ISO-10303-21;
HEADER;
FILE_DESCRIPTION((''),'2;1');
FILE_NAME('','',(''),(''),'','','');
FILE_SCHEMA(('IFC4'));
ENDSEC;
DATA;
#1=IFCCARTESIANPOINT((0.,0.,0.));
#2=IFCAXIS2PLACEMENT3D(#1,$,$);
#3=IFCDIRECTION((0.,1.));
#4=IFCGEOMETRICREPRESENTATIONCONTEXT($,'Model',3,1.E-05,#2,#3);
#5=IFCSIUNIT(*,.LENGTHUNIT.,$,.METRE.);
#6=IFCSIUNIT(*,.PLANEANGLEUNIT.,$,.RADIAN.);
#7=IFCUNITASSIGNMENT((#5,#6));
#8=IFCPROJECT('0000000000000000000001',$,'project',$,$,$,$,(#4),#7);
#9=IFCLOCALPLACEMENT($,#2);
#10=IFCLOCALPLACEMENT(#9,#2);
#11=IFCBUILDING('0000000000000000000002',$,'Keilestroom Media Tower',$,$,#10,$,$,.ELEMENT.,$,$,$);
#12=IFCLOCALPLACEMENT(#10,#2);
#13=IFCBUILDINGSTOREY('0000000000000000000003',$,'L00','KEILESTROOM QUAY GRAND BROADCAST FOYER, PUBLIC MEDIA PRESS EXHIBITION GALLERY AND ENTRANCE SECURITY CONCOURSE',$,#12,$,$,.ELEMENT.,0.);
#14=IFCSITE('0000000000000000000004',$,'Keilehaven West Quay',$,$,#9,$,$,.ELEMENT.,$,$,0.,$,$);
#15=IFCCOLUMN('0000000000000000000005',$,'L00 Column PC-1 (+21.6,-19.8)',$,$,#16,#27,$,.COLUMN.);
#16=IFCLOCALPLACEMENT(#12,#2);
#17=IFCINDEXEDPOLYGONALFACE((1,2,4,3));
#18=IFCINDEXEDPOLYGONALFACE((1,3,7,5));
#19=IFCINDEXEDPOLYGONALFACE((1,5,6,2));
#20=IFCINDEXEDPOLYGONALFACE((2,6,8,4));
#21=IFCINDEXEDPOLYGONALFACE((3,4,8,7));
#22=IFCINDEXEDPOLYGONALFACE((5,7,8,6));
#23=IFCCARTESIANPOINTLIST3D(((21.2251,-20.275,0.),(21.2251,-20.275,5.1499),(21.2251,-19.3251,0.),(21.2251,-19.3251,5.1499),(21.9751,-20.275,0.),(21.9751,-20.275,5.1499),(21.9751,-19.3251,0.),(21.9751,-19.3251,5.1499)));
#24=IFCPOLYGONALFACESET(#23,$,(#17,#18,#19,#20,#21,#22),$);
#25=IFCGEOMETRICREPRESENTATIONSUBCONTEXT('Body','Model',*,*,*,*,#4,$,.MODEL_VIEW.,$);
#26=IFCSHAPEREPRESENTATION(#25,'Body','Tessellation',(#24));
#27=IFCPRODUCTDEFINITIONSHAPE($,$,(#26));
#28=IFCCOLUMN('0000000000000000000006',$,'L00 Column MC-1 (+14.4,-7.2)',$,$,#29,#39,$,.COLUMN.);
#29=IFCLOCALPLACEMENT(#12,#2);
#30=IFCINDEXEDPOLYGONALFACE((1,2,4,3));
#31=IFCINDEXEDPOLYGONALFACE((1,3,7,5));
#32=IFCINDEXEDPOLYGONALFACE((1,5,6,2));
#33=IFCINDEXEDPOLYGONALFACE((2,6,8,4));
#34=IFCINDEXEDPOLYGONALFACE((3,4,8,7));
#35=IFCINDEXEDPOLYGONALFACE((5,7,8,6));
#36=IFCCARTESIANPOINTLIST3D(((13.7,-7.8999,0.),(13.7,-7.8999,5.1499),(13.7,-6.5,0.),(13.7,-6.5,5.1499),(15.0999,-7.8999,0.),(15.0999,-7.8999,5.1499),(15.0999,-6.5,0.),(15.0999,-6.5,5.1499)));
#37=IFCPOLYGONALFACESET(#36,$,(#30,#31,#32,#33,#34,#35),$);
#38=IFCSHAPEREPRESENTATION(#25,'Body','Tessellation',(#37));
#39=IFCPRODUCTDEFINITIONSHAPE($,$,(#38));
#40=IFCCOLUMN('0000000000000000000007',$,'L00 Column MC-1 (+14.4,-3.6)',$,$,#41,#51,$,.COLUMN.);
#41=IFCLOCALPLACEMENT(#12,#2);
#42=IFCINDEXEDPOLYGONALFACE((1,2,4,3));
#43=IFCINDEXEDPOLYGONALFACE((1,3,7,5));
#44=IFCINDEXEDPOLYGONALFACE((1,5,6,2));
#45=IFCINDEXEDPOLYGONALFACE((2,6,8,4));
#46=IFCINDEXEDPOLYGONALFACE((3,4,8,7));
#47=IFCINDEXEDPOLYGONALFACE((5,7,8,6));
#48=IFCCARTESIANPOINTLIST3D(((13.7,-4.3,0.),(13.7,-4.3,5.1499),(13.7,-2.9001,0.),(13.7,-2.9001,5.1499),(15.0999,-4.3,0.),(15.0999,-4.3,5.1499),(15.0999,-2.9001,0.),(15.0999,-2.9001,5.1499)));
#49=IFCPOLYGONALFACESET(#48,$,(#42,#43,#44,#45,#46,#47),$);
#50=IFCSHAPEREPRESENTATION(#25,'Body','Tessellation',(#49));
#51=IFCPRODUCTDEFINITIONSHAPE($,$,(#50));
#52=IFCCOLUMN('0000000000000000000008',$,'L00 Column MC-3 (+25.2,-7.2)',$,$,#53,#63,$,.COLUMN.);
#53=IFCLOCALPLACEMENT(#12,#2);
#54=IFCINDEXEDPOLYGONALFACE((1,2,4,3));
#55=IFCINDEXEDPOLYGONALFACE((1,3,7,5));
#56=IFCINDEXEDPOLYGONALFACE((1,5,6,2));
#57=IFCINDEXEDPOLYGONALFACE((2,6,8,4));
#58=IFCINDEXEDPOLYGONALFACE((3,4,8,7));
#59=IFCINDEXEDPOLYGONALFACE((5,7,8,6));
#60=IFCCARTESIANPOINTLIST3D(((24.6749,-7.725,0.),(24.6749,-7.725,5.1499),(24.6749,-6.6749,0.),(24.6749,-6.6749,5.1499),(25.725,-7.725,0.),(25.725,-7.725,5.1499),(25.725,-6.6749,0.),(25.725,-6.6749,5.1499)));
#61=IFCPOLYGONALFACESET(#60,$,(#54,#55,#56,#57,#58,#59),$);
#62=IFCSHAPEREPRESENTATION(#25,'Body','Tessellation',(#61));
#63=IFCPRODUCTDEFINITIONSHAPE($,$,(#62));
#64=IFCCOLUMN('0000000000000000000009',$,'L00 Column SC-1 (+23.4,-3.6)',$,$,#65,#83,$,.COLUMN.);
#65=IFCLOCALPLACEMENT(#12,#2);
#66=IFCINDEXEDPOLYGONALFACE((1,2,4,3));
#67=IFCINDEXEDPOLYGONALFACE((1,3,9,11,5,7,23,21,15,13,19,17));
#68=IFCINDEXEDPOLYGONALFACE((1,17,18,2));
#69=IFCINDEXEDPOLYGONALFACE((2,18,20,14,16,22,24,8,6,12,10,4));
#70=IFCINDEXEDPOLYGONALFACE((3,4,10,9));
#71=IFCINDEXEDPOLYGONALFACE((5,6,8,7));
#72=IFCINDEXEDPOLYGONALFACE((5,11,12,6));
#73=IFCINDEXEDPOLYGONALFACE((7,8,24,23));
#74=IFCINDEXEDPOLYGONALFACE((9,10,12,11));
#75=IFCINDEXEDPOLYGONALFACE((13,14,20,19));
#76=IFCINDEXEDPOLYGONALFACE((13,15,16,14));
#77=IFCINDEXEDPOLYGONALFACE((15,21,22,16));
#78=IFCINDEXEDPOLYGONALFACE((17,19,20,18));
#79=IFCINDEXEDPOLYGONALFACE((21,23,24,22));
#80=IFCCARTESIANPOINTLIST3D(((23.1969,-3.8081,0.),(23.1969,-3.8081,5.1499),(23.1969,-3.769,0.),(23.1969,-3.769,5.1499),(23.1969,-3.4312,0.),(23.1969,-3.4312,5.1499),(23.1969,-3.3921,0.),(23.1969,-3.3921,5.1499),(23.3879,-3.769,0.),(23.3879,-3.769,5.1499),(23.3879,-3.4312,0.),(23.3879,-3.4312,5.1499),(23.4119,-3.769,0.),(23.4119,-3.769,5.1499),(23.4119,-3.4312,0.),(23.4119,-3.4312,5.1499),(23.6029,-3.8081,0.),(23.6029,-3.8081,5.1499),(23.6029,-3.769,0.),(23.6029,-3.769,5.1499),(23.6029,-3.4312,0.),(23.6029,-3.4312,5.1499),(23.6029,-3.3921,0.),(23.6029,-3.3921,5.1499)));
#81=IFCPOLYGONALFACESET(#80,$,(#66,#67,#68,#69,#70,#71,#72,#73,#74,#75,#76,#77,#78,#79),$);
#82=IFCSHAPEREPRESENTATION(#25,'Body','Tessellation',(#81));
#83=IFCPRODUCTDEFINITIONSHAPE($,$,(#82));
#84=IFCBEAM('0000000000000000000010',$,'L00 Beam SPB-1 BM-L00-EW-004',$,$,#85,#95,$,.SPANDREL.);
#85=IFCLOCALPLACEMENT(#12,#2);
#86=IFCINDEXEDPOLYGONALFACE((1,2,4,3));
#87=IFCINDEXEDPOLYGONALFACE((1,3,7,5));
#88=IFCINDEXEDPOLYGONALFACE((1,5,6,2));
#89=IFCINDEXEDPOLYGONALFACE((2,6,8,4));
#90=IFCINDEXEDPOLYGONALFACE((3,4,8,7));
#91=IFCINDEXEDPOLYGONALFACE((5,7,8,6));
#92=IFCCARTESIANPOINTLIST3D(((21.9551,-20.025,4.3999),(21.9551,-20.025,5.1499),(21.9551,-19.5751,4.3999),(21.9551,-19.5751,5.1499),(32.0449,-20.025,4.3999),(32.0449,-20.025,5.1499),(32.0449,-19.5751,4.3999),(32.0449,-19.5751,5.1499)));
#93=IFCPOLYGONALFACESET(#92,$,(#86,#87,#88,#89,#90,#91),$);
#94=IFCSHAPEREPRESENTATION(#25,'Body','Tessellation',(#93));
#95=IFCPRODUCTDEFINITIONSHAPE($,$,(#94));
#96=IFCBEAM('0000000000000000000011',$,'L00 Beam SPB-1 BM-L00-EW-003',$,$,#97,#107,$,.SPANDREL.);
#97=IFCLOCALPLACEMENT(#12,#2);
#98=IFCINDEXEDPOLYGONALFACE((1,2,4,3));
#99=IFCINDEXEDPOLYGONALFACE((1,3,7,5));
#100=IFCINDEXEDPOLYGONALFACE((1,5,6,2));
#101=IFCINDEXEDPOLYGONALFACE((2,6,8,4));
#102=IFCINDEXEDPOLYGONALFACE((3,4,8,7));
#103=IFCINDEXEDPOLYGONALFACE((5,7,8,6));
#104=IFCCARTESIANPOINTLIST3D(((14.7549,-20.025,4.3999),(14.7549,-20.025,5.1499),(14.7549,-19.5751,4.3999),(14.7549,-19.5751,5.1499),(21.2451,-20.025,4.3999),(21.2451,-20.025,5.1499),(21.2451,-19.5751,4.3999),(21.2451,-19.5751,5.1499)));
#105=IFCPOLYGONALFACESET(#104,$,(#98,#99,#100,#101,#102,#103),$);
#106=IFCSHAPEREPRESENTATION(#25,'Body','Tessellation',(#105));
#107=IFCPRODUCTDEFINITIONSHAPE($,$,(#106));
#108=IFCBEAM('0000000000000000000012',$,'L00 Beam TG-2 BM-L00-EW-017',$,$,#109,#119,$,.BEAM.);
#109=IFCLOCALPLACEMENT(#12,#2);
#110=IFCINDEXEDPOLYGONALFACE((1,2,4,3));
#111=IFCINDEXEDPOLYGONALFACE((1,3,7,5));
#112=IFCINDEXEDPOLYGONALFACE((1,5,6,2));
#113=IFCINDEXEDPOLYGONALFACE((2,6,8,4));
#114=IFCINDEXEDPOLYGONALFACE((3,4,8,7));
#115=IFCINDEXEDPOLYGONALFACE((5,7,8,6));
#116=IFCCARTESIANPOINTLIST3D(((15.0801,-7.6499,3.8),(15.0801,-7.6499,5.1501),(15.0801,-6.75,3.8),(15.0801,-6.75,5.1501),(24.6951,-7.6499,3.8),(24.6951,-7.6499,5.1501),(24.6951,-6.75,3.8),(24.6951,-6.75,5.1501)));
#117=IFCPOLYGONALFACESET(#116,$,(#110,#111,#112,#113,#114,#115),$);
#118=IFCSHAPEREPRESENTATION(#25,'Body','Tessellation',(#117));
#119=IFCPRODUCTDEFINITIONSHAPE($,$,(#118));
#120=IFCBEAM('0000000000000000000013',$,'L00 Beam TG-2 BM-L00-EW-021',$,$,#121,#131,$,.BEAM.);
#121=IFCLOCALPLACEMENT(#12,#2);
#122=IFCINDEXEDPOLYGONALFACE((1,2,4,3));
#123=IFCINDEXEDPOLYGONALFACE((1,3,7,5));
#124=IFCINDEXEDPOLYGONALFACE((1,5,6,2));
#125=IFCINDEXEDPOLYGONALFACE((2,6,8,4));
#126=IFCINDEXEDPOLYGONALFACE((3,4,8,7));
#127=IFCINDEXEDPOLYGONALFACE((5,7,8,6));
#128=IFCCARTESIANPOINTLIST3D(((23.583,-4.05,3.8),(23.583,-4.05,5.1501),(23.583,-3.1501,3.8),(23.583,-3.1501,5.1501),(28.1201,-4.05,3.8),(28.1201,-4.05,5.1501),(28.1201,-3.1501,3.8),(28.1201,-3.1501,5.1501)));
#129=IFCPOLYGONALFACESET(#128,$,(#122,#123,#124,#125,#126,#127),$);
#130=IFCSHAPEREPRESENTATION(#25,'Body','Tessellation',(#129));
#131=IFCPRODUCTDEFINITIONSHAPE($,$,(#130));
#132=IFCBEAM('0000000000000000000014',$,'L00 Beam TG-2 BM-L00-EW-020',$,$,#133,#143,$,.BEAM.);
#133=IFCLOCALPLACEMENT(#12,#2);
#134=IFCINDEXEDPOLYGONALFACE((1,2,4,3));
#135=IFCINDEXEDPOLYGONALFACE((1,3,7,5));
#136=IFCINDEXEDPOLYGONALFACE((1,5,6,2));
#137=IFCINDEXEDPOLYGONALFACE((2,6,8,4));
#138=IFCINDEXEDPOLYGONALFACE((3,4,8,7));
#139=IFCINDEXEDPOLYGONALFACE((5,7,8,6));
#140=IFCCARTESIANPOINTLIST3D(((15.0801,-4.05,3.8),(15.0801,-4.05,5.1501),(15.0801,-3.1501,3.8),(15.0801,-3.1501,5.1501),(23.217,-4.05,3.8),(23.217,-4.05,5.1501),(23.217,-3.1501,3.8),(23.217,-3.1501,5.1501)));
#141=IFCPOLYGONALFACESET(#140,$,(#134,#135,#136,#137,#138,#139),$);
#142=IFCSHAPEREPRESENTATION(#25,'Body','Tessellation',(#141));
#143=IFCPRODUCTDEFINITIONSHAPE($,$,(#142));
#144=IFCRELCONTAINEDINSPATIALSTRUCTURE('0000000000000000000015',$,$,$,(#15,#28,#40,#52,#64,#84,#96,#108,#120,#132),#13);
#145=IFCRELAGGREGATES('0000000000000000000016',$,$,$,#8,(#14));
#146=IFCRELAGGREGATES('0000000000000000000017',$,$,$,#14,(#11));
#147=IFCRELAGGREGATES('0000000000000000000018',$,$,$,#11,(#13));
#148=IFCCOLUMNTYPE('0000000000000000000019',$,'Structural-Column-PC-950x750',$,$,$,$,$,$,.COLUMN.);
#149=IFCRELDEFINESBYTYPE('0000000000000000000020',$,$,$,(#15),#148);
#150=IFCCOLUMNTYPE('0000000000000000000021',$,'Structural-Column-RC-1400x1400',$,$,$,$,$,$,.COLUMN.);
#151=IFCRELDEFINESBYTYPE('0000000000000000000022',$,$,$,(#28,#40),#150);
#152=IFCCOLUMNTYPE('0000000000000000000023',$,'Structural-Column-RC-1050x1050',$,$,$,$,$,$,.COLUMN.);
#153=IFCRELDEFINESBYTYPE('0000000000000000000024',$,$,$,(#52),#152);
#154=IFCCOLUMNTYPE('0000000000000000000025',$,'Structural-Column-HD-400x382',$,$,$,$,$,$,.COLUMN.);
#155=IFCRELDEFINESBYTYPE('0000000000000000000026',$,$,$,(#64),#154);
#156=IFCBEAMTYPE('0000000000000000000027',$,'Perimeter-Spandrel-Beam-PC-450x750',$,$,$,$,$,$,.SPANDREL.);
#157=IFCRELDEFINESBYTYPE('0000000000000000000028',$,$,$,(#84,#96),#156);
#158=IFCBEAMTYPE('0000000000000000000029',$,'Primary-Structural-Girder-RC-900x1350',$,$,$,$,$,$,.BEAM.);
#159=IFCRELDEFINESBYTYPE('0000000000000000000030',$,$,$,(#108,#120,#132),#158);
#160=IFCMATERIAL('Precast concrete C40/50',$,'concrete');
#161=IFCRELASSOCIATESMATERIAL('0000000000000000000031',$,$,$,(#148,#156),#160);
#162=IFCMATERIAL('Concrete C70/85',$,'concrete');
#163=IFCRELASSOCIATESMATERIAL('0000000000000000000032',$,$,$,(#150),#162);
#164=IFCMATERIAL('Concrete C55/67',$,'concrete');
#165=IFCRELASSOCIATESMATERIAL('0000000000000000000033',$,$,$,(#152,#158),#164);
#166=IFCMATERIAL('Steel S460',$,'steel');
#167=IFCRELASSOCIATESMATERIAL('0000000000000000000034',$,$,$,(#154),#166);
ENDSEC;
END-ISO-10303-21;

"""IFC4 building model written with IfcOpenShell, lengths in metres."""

from ifc_helpers import new_model, si_unit, direction, frame, origin, origin_2d, place, context, subcontext, project, spatial, rectangle, i_section, extrude, source, transform, mapped, material, material_profile, profile_set, type_object, element, save


model = new_model("IFC4")

# Units and contexts
model_context = context("Model", 3, precision=1e-05, world=origin(), true_north=direction((0.0, 1.0)))
body_context = subcontext(model_context, "Body", "Model", "MODEL_VIEW")
ifc_project = project(units=[si_unit("LENGTHUNIT", "METRE"), si_unit("PLANEANGLEUNIT", "RADIAN")], contexts=[model_context])

# Site, building, storey
site_placement = place(None, origin())
site = spatial("IfcSite", under=ifc_project, at=site_placement, Name="Keilehaven West Quay", CompositionType="ELEMENT", RefElevation=0.0)
building_placement = place(site_placement, origin())
building = spatial("IfcBuilding", under=site, at=building_placement, Name="Keilestroom Media Tower", CompositionType="ELEMENT")
storey_placement = place(building_placement, origin())
storey = spatial("IfcBuildingStorey", under=building, at=storey_placement, Name="L00", Description="KEILESTROOM QUAY GRAND BROADCAST FOYER, PUBLIC MEDIA PRESS EXHIBITION GALLERY AND ENTRANCE SECURITY CONCOURSE", CompositionType="ELEMENT", Elevation=0.0)

# Columns
ifc_material_1 = material(Name="Precast concrete C40/50", Category="concrete")
ifc_material_profile_1 = material_profile(ifc_material_1, rectangle(XDim=0.75, YDim=0.95, at=origin_2d()), Name="PC 950x750")
ifc_profile_set_1 = profile_set([ifc_material_profile_1], Name="Precast concrete C40/50")
column_type_1 = type_object("IfcColumnType", Name="Structural-Column-PC-950x750", PredefinedType="COLUMN", material=ifc_profile_set_1)
shared_shape_1 = source(origin(), body_context, "Body", "SweptSolid", [
    extrude(rectangle(XDim=0.75, YDim=0.95, at=origin_2d()), origin(), (0.0, 0.0, 1.0), 5.1499),
])
column_1_placement = place(storey_placement, frame((21.6001, -19.8, 0.0), z_axis=(0.0, 0.0, 1.0), x_axis=(1.0, 0.0, 0.0)))
element("IfcColumn", 1, at=column_1_placement, inside=storey, type_object=column_type_1, Name="L00 Column PC-1 (+21.6,-19.8)", PredefinedType="COLUMN", context=body_context, shape_type="MappedRepresentation", body=[
    mapped(shared_shape_1, transform((0.0, 0.0, 0.0), x_axis=(1.0, 0.0, 0.0), y_axis=(0.0, 1.0, 0.0), z_axis=(0.0, 0.0, 1.0), scale=1.0)),
])
ifc_material_2 = material(Name="Concrete C70/85", Category="concrete")
ifc_material_profile_2 = material_profile(ifc_material_2, rectangle(XDim=1.3999, YDim=1.3999, at=origin_2d()), Name="RC 1400x1400")
ifc_profile_set_2 = profile_set([ifc_material_profile_2], Name="Concrete C70/85")
column_type_2 = type_object("IfcColumnType", Name="Structural-Column-RC-1400x1400", PredefinedType="COLUMN", material=ifc_profile_set_2)
shared_shape_2 = source(origin(), body_context, "Body", "SweptSolid", [
    extrude(rectangle(XDim=1.3999, YDim=1.3999, at=origin_2d()), origin(), (0.0, 0.0, 1.0), 5.1499),
])
for number, where, z_axis, x_axis, name in (
    (2, (14.3999, -7.2, 0.0), (0.0, 0.0, 1.0), (1.0, 0.0, 0.0), "L00 Column MC-1 (+14.4,-7.2)"),
    (3, (14.3999, -3.6001, 0.0), (0.0, 0.0, 1.0), (1.0, 0.0, 0.0), "L00 Column MC-1 (+14.4,-3.6)"),
):
    element("IfcColumn", number, at=place(storey_placement, frame(where, z_axis=z_axis, x_axis=x_axis)), inside=storey, type_object=column_type_2, Name=name, PredefinedType="COLUMN", context=body_context, shape_type="MappedRepresentation", body=[
        mapped(shared_shape_2, transform((0.0, 0.0, 0.0), x_axis=(1.0, 0.0, 0.0), y_axis=(0.0, 1.0, 0.0), z_axis=(0.0, 0.0, 1.0), scale=1.0)),
    ])
ifc_material_3 = material(Name="Concrete C55/67", Category="concrete")
ifc_material_profile_3 = material_profile(ifc_material_3, rectangle(XDim=1.05, YDim=1.05, at=origin_2d()), Name="RC 1050x1050")
ifc_profile_set_3 = profile_set([ifc_material_profile_3], Name="Concrete C55/67")
column_type_3 = type_object("IfcColumnType", Name="Structural-Column-RC-1050x1050", PredefinedType="COLUMN", material=ifc_profile_set_3)
shared_shape_3 = source(origin(), body_context, "Body", "SweptSolid", [
    extrude(rectangle(XDim=1.05, YDim=1.05, at=origin_2d()), origin(), (0.0, 0.0, 1.0), 5.1499),
])
column_2_placement = place(storey_placement, frame((25.2, -7.2, 0.0), z_axis=(0.0, 0.0, 1.0), x_axis=(1.0, 0.0, 0.0)))
element("IfcColumn", 4, at=column_2_placement, inside=storey, type_object=column_type_3, Name="L00 Column MC-3 (+25.2,-7.2)", PredefinedType="COLUMN", context=body_context, shape_type="MappedRepresentation", body=[
    mapped(shared_shape_3, transform((0.0, 0.0, 0.0), x_axis=(1.0, 0.0, 0.0), y_axis=(0.0, 1.0, 0.0), z_axis=(0.0, 0.0, 1.0), scale=1.0)),
])
ifc_material_4 = material(Name="Steel S460", Category="steel")
ifc_material_profile_4 = material_profile(ifc_material_4, i_section(OverallWidth=0.406, OverallDepth=0.416, WebThickness=0.0239, FlangeThickness=0.0391, at=origin_2d()), Name="HD 400x382")
ifc_profile_set_4 = profile_set([ifc_material_profile_4], Name="Steel S460")
column_type_4 = type_object("IfcColumnType", Name="Structural-Column-HD-400x382", PredefinedType="COLUMN", material=ifc_profile_set_4)
shared_shape_4 = source(origin(), body_context, "Body", "SweptSolid", [
    extrude(i_section(OverallWidth=0.406, OverallDepth=0.416, WebThickness=0.0239, FlangeThickness=0.0391, at=origin_2d()), origin(), (0.0, 0.0, 1.0), 5.1499),
])
column_3_placement = place(storey_placement, frame((23.3999, -3.6001, 0.0), z_axis=(0.0, 0.0, 1.0), x_axis=(1.0, 0.0, 0.0)))
element("IfcColumn", 5, at=column_3_placement, inside=storey, type_object=column_type_4, Name="L00 Column SC-1 (+23.4,-3.6)", PredefinedType="COLUMN", context=body_context, shape_type="MappedRepresentation", body=[
    mapped(shared_shape_4, transform((0.0, 0.0, 0.0), x_axis=(1.0, 0.0, 0.0), y_axis=(0.0, 1.0, 0.0), z_axis=(0.0, 0.0, 1.0), scale=1.0)),
])

# Beams
ifc_material_profile_5 = material_profile(ifc_material_1, rectangle(XDim=0.45, YDim=0.75, at=origin_2d()), Name="PC 450x750")
ifc_profile_set_5 = profile_set([ifc_material_profile_5], Name="Precast concrete C40/50")
beam_type_1 = type_object("IfcBeamType", Name="Perimeter-Spandrel-Beam-PC-450x750", PredefinedType="SPANDREL", material=ifc_profile_set_5)
shared_shape_5 = source(origin(), body_context, "Body", "SweptSolid", [
    extrude(rectangle(XDim=0.45, YDim=0.75, at=origin_2d()), origin(), (0.0, 0.0, 1.0), 10.0898),
])
beam_1_placement = place(storey_placement, frame((21.9551, -19.8, 4.7749), z_axis=(1.0, 0.0, 0.0), x_axis=(0.0, 1.0, 0.0)))
element("IfcBeam", 6, at=beam_1_placement, inside=storey, type_object=beam_type_1, Name="L00 Beam SPB-1 BM-L00-EW-004", PredefinedType="SPANDREL", context=body_context, shape_type="MappedRepresentation", body=[
    mapped(shared_shape_5, transform((0.0, 0.0, 0.0), x_axis=(1.0, 0.0, 0.0), y_axis=(0.0, 1.0, 0.0), z_axis=(0.0, 0.0, 1.0), scale=1.0)),
])
shared_shape_6 = source(origin(), body_context, "Body", "SweptSolid", [
    extrude(rectangle(XDim=0.45, YDim=0.75, at=origin_2d()), origin(), (0.0, 0.0, 1.0), 6.4902),
])
beam_2_placement = place(storey_placement, frame((14.7549, -19.8, 4.7749), z_axis=(1.0, 0.0, 0.0), x_axis=(0.0, 1.0, 0.0)))
element("IfcBeam", 7, at=beam_2_placement, inside=storey, type_object=beam_type_1, Name="L00 Beam SPB-1 BM-L00-EW-003", PredefinedType="SPANDREL", context=body_context, shape_type="MappedRepresentation", body=[
    mapped(shared_shape_6, transform((0.0, 0.0, 0.0), x_axis=(1.0, 0.0, 0.0), y_axis=(0.0, 1.0, 0.0), z_axis=(0.0, 0.0, 1.0), scale=1.0)),
])
ifc_material_profile_6 = material_profile(ifc_material_3, rectangle(XDim=0.8999, YDim=1.3501, at=origin_2d()), Name="RC 900x1350")
ifc_profile_set_6 = profile_set([ifc_material_profile_6], Name="Concrete C55/67")
beam_type_2 = type_object("IfcBeamType", Name="Primary-Structural-Girder-RC-900x1350", PredefinedType="BEAM", material=ifc_profile_set_6)
shared_shape_7 = source(origin(), body_context, "Body", "SweptSolid", [
    extrude(rectangle(XDim=0.8999, YDim=1.3501, at=origin_2d()), origin(), (0.0, 0.0, 1.0), 9.615),
])
beam_3_placement = place(storey_placement, frame((15.0801, -7.2, 4.4751), z_axis=(1.0, 0.0, 0.0), x_axis=(0.0, 1.0, 0.0)))
element("IfcBeam", 8, at=beam_3_placement, inside=storey, type_object=beam_type_2, Name="L00 Beam TG-2 BM-L00-EW-017", PredefinedType="BEAM", context=body_context, shape_type="MappedRepresentation", body=[
    mapped(shared_shape_7, transform((0.0, 0.0, 0.0), x_axis=(1.0, 0.0, 0.0), y_axis=(0.0, 1.0, 0.0), z_axis=(0.0, 0.0, 1.0), scale=1.0)),
])
shared_shape_8 = source(origin(), body_context, "Body", "SweptSolid", [
    extrude(rectangle(XDim=0.8999, YDim=1.3501, at=origin_2d()), origin(), (0.0, 0.0, 1.0), 4.5371),
])
beam_4_placement = place(storey_placement, frame((23.583, -3.6001, 4.4751), z_axis=(1.0, 0.0, 0.0), x_axis=(0.0, 1.0, 0.0)))
element("IfcBeam", 9, at=beam_4_placement, inside=storey, type_object=beam_type_2, Name="L00 Beam TG-2 BM-L00-EW-021", PredefinedType="BEAM", context=body_context, shape_type="MappedRepresentation", body=[
    mapped(shared_shape_8, transform((0.0, 0.0, 0.0), x_axis=(1.0, 0.0, 0.0), y_axis=(0.0, 1.0, 0.0), z_axis=(0.0, 0.0, 1.0), scale=1.0)),
])
shared_shape_9 = source(origin(), body_context, "Body", "SweptSolid", [
    extrude(rectangle(XDim=0.8999, YDim=1.3501, at=origin_2d()), origin(), (0.0, 0.0, 1.0), 8.137),
])
beam_5_placement = place(storey_placement, frame((15.0801, -3.6001, 4.4751), z_axis=(1.0, 0.0, 0.0), x_axis=(0.0, 1.0, 0.0)))
element("IfcBeam", 10, at=beam_5_placement, inside=storey, type_object=beam_type_2, Name="L00 Beam TG-2 BM-L00-EW-020", PredefinedType="BEAM", context=body_context, shape_type="MappedRepresentation", body=[
    mapped(shared_shape_9, transform((0.0, 0.0, 0.0), x_axis=(1.0, 0.0, 0.0), y_axis=(0.0, 1.0, 0.0), z_axis=(0.0, 0.0, 1.0), scale=1.0)),
])

save(model, "model.ifc")
